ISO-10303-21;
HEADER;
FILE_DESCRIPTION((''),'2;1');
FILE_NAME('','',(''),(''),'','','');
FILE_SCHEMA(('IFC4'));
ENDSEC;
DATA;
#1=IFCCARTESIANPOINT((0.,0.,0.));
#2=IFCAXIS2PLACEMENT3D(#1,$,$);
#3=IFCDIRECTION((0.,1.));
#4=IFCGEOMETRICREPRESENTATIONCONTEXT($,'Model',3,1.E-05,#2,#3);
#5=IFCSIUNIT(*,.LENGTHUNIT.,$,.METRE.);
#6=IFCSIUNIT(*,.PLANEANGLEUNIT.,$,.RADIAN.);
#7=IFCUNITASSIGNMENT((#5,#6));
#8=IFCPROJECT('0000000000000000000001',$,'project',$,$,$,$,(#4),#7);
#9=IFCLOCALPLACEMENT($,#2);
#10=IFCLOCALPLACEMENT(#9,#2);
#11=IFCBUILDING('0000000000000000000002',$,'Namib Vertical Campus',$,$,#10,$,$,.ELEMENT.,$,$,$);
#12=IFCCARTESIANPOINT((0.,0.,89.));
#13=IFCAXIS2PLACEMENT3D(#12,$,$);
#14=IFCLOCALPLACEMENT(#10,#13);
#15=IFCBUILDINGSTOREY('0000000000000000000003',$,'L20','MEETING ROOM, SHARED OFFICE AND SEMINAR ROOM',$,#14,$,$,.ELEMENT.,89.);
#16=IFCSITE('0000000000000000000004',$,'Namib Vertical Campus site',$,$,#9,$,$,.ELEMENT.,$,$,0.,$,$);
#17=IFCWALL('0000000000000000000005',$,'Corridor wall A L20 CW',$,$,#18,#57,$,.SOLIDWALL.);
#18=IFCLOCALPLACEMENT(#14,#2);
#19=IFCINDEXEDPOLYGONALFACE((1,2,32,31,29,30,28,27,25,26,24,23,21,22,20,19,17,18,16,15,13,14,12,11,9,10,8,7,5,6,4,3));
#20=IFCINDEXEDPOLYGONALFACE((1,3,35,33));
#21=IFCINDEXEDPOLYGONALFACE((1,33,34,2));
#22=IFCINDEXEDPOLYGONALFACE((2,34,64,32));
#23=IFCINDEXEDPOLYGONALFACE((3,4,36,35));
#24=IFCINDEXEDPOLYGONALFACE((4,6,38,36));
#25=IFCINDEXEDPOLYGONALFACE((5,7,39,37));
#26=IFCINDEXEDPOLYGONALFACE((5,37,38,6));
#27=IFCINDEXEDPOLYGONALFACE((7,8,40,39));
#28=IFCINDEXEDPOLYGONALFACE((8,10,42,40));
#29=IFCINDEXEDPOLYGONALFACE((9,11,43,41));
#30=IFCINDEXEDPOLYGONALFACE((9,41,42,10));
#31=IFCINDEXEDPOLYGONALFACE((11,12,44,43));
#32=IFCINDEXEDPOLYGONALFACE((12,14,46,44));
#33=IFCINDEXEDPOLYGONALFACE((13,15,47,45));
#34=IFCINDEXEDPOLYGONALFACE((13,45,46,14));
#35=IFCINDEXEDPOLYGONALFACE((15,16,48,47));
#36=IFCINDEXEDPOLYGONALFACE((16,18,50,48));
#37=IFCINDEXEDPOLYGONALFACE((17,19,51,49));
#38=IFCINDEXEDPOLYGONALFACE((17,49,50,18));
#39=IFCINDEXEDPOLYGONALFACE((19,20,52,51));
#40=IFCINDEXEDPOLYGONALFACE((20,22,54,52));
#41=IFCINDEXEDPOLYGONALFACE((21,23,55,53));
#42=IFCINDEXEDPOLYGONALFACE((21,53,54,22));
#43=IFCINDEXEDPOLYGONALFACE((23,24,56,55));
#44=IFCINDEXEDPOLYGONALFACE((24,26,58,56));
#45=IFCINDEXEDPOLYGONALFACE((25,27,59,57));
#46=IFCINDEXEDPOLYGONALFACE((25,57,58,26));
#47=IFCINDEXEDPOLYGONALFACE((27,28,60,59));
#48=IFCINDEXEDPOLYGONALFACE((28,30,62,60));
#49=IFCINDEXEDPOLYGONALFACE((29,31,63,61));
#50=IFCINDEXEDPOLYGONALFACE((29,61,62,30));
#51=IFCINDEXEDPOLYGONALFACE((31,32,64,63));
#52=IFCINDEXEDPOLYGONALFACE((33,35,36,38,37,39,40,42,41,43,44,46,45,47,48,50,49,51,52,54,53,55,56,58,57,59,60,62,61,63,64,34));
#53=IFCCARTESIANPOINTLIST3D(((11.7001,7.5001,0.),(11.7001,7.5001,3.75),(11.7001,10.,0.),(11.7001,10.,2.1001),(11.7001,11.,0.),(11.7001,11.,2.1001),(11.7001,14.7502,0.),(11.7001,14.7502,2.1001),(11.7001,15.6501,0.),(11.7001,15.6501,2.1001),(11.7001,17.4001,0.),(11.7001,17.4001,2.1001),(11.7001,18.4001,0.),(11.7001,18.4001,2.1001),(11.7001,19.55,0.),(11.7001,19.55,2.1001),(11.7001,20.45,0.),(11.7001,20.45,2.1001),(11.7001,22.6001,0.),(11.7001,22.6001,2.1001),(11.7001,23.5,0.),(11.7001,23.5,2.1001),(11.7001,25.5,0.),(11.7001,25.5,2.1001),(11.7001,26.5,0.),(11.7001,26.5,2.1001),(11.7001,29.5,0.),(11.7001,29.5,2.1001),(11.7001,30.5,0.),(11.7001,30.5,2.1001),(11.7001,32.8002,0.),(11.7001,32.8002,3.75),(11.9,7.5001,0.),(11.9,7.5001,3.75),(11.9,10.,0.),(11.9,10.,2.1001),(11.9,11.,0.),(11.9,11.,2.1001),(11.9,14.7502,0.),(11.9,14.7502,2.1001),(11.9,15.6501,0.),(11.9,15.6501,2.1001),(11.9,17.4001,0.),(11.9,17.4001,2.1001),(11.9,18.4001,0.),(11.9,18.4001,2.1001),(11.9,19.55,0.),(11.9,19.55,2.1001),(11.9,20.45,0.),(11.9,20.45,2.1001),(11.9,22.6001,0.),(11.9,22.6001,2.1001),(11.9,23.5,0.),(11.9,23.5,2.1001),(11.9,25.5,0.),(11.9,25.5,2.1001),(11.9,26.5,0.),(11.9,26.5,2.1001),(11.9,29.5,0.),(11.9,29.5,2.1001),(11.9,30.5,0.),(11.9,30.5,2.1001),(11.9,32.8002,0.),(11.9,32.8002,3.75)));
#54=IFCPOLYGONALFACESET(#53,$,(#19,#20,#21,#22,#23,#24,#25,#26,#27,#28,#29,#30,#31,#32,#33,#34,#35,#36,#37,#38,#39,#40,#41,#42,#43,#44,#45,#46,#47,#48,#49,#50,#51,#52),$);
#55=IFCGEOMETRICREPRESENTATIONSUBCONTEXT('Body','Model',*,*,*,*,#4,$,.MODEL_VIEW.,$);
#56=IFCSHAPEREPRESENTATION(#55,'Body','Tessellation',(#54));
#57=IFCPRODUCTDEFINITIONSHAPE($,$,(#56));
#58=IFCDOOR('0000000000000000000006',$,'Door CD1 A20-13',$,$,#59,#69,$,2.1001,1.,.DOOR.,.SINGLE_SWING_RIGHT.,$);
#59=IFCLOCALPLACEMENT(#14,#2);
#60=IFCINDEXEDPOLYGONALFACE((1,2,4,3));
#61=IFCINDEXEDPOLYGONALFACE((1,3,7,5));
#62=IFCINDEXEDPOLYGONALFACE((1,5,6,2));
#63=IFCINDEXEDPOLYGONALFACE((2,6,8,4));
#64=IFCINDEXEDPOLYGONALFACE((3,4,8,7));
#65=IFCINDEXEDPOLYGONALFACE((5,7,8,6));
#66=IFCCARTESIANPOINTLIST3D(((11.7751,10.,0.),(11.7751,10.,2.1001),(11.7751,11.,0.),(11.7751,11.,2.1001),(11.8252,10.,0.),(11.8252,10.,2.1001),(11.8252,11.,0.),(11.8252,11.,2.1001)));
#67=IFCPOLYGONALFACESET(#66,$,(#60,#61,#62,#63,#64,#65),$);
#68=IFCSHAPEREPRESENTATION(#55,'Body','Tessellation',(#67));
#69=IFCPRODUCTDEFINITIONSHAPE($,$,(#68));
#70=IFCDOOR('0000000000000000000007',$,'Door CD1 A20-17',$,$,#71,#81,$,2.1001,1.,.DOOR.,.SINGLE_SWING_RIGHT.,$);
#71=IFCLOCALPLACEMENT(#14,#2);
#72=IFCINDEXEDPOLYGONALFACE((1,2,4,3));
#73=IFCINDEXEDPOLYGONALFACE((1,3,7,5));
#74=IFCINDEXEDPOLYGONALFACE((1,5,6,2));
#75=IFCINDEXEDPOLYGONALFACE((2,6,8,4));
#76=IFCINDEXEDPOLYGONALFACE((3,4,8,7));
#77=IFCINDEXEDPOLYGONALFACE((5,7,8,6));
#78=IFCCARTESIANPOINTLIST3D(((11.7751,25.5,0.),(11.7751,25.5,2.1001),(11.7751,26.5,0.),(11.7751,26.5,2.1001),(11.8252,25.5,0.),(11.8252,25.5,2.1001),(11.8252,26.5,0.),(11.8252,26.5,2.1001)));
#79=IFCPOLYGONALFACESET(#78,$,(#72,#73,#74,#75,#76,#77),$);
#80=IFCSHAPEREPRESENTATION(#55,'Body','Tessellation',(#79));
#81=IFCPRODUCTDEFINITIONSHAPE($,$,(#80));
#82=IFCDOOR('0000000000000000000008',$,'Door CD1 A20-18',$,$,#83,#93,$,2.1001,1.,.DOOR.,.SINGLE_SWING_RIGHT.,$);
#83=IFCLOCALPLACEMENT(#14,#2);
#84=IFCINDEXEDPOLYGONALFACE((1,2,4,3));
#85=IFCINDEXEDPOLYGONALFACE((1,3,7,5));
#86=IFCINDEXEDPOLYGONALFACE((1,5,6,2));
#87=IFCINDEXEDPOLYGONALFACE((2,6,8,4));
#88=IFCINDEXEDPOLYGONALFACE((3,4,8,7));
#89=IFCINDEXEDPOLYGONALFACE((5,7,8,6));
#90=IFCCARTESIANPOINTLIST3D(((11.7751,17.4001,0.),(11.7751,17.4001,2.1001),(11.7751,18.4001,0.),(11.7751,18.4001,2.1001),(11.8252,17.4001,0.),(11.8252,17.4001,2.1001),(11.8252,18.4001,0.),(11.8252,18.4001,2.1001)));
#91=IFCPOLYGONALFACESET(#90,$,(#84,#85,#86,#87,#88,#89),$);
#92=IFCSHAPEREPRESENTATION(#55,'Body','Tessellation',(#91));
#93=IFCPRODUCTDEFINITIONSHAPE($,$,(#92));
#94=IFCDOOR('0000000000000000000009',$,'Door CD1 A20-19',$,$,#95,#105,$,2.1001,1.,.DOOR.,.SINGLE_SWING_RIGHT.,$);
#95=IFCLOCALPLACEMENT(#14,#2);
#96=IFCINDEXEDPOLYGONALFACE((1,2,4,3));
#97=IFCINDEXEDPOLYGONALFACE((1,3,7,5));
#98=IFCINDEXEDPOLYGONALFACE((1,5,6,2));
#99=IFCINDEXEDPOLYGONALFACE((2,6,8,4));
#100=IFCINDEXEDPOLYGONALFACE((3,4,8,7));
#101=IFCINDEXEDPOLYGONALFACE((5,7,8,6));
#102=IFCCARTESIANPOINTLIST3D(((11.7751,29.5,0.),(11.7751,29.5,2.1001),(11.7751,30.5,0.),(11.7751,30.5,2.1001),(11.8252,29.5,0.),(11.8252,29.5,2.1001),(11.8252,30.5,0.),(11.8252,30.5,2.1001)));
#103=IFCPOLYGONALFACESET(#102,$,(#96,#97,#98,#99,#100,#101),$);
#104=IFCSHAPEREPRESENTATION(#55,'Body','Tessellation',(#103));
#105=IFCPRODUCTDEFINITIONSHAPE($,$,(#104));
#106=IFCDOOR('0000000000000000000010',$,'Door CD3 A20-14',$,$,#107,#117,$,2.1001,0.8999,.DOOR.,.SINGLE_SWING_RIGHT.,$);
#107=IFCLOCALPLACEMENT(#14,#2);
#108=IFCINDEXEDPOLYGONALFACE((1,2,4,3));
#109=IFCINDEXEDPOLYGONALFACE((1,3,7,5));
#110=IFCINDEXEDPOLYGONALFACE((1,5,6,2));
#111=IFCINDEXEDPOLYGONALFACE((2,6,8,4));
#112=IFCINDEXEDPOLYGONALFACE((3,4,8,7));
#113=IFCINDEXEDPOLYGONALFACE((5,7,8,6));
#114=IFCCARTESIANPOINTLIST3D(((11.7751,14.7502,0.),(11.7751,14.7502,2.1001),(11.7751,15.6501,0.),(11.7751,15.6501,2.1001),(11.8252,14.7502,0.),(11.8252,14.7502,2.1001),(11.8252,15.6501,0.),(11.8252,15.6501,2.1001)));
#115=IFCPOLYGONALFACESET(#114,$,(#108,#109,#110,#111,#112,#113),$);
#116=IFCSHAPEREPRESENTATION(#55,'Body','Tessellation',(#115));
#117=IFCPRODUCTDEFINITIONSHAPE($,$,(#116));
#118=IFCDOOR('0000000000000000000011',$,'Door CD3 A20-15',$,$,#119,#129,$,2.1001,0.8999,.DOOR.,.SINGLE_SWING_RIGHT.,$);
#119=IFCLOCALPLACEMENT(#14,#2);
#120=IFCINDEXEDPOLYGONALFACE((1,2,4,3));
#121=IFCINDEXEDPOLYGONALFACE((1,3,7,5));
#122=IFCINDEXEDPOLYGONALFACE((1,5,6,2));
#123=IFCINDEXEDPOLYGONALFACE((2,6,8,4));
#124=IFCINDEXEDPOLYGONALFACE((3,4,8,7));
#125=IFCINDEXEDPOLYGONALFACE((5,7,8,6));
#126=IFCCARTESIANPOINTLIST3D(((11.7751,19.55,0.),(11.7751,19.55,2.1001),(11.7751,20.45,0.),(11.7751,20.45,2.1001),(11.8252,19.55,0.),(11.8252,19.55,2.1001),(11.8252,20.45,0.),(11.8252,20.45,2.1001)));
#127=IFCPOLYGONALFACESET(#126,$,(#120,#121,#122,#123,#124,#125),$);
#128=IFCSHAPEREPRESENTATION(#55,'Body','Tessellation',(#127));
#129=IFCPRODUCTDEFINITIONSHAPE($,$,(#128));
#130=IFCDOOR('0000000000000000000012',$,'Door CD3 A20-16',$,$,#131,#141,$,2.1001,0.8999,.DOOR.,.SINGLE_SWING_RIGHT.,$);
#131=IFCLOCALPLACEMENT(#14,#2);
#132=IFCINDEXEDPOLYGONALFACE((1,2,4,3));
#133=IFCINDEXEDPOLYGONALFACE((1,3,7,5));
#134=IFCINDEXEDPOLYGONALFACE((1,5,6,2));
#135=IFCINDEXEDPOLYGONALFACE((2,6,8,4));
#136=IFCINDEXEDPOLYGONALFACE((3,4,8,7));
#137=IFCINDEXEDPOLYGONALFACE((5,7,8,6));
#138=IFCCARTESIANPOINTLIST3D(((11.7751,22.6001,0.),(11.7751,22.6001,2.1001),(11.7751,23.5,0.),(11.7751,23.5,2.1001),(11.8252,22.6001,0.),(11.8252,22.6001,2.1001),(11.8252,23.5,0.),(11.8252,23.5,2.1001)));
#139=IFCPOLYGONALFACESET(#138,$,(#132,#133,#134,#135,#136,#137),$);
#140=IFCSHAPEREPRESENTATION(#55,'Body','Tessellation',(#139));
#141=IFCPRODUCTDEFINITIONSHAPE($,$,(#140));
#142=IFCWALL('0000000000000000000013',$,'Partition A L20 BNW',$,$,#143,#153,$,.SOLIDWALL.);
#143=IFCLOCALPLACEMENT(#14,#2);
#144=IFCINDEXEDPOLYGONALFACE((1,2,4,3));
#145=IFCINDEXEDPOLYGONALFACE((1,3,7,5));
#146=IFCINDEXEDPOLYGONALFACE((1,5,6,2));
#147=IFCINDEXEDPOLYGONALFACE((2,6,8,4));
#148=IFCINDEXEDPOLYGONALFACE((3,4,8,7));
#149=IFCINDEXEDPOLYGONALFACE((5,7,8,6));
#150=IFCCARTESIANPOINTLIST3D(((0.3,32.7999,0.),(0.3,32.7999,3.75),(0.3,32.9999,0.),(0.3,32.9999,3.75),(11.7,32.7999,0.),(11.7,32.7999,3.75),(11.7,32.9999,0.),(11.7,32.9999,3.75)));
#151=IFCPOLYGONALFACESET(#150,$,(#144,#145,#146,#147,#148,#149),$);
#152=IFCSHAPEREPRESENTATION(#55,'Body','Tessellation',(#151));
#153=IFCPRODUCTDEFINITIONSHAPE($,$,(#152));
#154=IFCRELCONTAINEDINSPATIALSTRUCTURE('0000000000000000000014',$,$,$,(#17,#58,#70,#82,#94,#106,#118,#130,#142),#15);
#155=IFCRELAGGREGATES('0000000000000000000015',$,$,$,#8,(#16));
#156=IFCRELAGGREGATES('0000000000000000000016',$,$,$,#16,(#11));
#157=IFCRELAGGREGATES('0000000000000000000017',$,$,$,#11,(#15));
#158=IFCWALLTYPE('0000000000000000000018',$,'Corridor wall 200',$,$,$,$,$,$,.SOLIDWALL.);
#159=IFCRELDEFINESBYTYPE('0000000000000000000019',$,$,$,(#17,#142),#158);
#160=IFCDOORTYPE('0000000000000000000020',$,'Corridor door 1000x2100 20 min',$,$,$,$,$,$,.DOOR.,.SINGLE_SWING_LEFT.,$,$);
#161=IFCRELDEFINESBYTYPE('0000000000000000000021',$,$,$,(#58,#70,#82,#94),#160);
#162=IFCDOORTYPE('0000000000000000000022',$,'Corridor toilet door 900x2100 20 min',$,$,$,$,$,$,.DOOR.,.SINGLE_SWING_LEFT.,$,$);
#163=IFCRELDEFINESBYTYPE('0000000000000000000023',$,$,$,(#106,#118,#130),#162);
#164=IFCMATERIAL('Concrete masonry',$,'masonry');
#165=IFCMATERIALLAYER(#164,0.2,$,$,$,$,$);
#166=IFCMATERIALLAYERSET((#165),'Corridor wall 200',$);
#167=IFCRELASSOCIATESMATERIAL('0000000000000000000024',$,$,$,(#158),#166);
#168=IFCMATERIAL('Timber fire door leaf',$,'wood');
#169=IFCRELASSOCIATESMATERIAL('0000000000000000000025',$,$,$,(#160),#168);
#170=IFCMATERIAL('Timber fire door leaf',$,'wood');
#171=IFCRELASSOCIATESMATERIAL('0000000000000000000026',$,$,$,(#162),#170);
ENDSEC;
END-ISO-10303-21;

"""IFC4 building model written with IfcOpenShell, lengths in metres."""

from ifc_helpers import new_model, si_unit, direction, frame, frame_2d, origin, place, context, subcontext, project, spatial, rectangle, extrude, material, layer, layer_set, type_object, element, fill, save


model = new_model("IFC4")

# Units and contexts
model_context = context("Model", 3, precision=1e-05, world=origin(), true_north=direction((0.0, 1.0)))
body_context = subcontext(model_context, "Body", "Model", "MODEL_VIEW")
ifc_project = project(units=[si_unit("LENGTHUNIT", "METRE"), si_unit("PLANEANGLEUNIT", "RADIAN")], contexts=[model_context])

# Site, building, storey
site_placement = place(None, origin())
site = spatial("IfcSite", under=ifc_project, at=site_placement, Name="Namib Vertical Campus site", CompositionType="ELEMENT", RefElevation=0.0)
building_placement = place(site_placement, origin())
building = spatial("IfcBuilding", under=site, at=building_placement, Name="Namib Vertical Campus", CompositionType="ELEMENT")
storey_placement = place(building_placement, frame((0.0, 0.0, 89.0)))
storey = spatial("IfcBuildingStorey", under=building, at=storey_placement, Name="L20", Description="MEETING ROOM, SHARED OFFICE AND SEMINAR ROOM", CompositionType="ELEMENT", Elevation=89.0)

# Wall, openings, doors
ifc_material_1 = material(Name="Concrete masonry", Category="masonry")
ifc_layer_1 = layer(ifc_material_1, 0.2)
ifc_layer_set_1 = layer_set([ifc_layer_1], Name="Corridor wall 200")
wall_type_1 = type_object("IfcWallType", Name="Corridor wall 200", PredefinedType="SOLIDWALL", material=ifc_layer_set_1)
wall_1_placement = place(storey_placement, frame((11.8, 32.8, 0.0), z_axis=(0.0, 0.0, 1.0), x_axis=(0.0, -1.0, 0.0)))
wall_1 = element("IfcWall", 1, at=wall_1_placement, inside=storey, type_object=wall_type_1, Name="Corridor wall A L20 CW", PredefinedType="SOLIDWALL", context=body_context, shape_type="SweptSolid", body=[
    extrude(rectangle(XDim=25.3, YDim=0.2, at=frame_2d((12.6499, 0.0))), origin(), (0.0, 0.0, 1.0), 3.75),
])
opening_1_placement = place(wall_1_placement, frame((21.8, 0.0, 0.0)))
opening_1 = element("IfcOpeningElement", 2, at=opening_1_placement, cuts=wall_1, PredefinedType="OPENING", context=body_context, shape_type="SweptSolid", body=[
    extrude(rectangle(XDim=1.0, YDim=2.1001, at=frame_2d((0.5, 1.05))), frame((0.0, 0.1099, 0.0), z_axis=(0.0, -1.0, 0.0), x_axis=(1.0, 0.0, 0.0)), (0.0, 0.0, 1.0), 0.22),
])
opening_2_placement = place(wall_1_placement, frame((17.1499, 0.0, 0.0)))
opening_2 = element("IfcOpeningElement", 3, at=opening_2_placement, cuts=wall_1, PredefinedType="OPENING", context=body_context, shape_type="SweptSolid", body=[
    extrude(rectangle(XDim=0.8999, YDim=2.1001, at=frame_2d((0.45, 1.05))), frame((0.0, 0.1099, 0.0), z_axis=(0.0, -1.0, 0.0), x_axis=(1.0, 0.0, 0.0)), (0.0, 0.0, 1.0), 0.22),
])
opening_3_placement = place(wall_1_placement, frame((12.3501, 0.0, 0.0)))
opening_3 = element("IfcOpeningElement", 4, at=opening_3_placement, cuts=wall_1, PredefinedType="OPENING", context=body_context, shape_type="SweptSolid", body=[
    extrude(rectangle(XDim=0.8999, YDim=2.1001, at=frame_2d((0.45, 1.05))), frame((0.0, 0.1099, 0.0), z_axis=(0.0, -1.0, 0.0), x_axis=(1.0, 0.0, 0.0)), (0.0, 0.0, 1.0), 0.22),
])
opening_4_placement = place(wall_1_placement, frame((9.3, 0.0, 0.0)))
opening_4 = element("IfcOpeningElement", 5, at=opening_4_placement, cuts=wall_1, PredefinedType="OPENING", context=body_context, shape_type="SweptSolid", body=[
    extrude(rectangle(XDim=0.8999, YDim=2.1001, at=frame_2d((0.45, 1.05))), frame((0.0, 0.1099, 0.0), z_axis=(0.0, -1.0, 0.0), x_axis=(1.0, 0.0, 0.0)), (0.0, 0.0, 1.0), 0.22),
])
opening_5_placement = place(wall_1_placement, frame((6.3, 0.0, 0.0)))
opening_5 = element("IfcOpeningElement", 6, at=opening_5_placement, cuts=wall_1, PredefinedType="OPENING", context=body_context, shape_type="SweptSolid", body=[
    extrude(rectangle(XDim=1.0, YDim=2.1001, at=frame_2d((0.5, 1.05))), frame((0.0, 0.1099, 0.0), z_axis=(0.0, -1.0, 0.0), x_axis=(1.0, 0.0, 0.0)), (0.0, 0.0, 1.0), 0.22),
])
opening_6_placement = place(wall_1_placement, frame((14.3999, 0.0, 0.0)))
opening_6 = element("IfcOpeningElement", 7, at=opening_6_placement, cuts=wall_1, PredefinedType="OPENING", context=body_context, shape_type="SweptSolid", body=[
    extrude(rectangle(XDim=1.0, YDim=2.1001, at=frame_2d((0.5, 1.05))), frame((0.0, 0.1099, 0.0), z_axis=(0.0, -1.0, 0.0), x_axis=(1.0, 0.0, 0.0)), (0.0, 0.0, 1.0), 0.22),
])
opening_7_placement = place(wall_1_placement, frame((2.3, 0.0, 0.0)))
opening_7 = element("IfcOpeningElement", 8, at=opening_7_placement, cuts=wall_1, PredefinedType="OPENING", context=body_context, shape_type="SweptSolid", body=[
    extrude(rectangle(XDim=1.0, YDim=2.1001, at=frame_2d((0.5, 1.05))), frame((0.0, 0.1099, 0.0), z_axis=(0.0, -1.0, 0.0), x_axis=(1.0, 0.0, 0.0)), (0.0, 0.0, 1.0), 0.22),
])
ifc_material_2 = material(Name="Timber fire door leaf", Category="wood")
door_type_1 = type_object("IfcDoorType", Name="Corridor door 1000x2100 20 min", OperationType="SINGLE_SWING_LEFT", PredefinedType="DOOR", material=ifc_material_2)
door_1_placement = place(opening_1_placement, frame((1.0, 0.0, 0.0), z_axis=(0.0, 0.0, 1.0), x_axis=(-1.0, 0.0, 0.0)))
door_1 = element("IfcDoor", 9, at=door_1_placement, inside=storey, type_object=door_type_1, Name="Door CD1 A20-13", OperationType="SINGLE_SWING_RIGHT", OverallHeight=2.1001, OverallWidth=1.0, PredefinedType="DOOR", context=body_context, shape_type="SweptSolid", body=[
    extrude(rectangle(XDim=1.0, YDim=2.1001, at=frame_2d((0.5, 1.05))), frame((0.0, 0.0249, 0.0), z_axis=(0.0, -1.0, 0.0), x_axis=(1.0, 0.0, 0.0)), (0.0, 0.0, 1.0), 0.05),
])
fill(opening_1, door_1)
door_2_placement = place(opening_5_placement, frame((1.0, 0.0, 0.0), z_axis=(0.0, 0.0, 1.0), x_axis=(-1.0, 0.0, 0.0)))
door_2 = element("IfcDoor", 10, at=door_2_placement, inside=storey, type_object=door_type_1, Name="Door CD1 A20-17", OperationType="SINGLE_SWING_RIGHT", OverallHeight=2.1001, OverallWidth=1.0, PredefinedType="DOOR", context=body_context, shape_type="SweptSolid", body=[
    extrude(rectangle(XDim=1.0, YDim=2.1001, at=frame_2d((0.5, 1.05))), frame((0.0, 0.0249, 0.0), z_axis=(0.0, -1.0, 0.0), x_axis=(1.0, 0.0, 0.0)), (0.0, 0.0, 1.0), 0.05),
])
fill(opening_5, door_2)
door_3_placement = place(opening_6_placement, frame((1.0, 0.0, 0.0), z_axis=(0.0, 0.0, 1.0), x_axis=(-1.0, 0.0, 0.0)))
door_3 = element("IfcDoor", 11, at=door_3_placement, inside=storey, type_object=door_type_1, Name="Door CD1 A20-18", OperationType="SINGLE_SWING_RIGHT", OverallHeight=2.1001, OverallWidth=1.0, PredefinedType="DOOR", context=body_context, shape_type="SweptSolid", body=[
    extrude(rectangle(XDim=1.0, YDim=2.1001, at=frame_2d((0.5, 1.05))), frame((0.0, 0.0249, 0.0), z_axis=(0.0, -1.0, 0.0), x_axis=(1.0, 0.0, 0.0)), (0.0, 0.0, 1.0), 0.05),
])
fill(opening_6, door_3)
door_4_placement = place(opening_7_placement, frame((1.0, 0.0, 0.0), z_axis=(0.0, 0.0, 1.0), x_axis=(-1.0, 0.0, 0.0)))
door_4 = element("IfcDoor", 12, at=door_4_placement, inside=storey, type_object=door_type_1, Name="Door CD1 A20-19", OperationType="SINGLE_SWING_RIGHT", OverallHeight=2.1001, OverallWidth=1.0, PredefinedType="DOOR", context=body_context, shape_type="SweptSolid", body=[
    extrude(rectangle(XDim=1.0, YDim=2.1001, at=frame_2d((0.5, 1.05))), frame((0.0, 0.0249, 0.0), z_axis=(0.0, -1.0, 0.0), x_axis=(1.0, 0.0, 0.0)), (0.0, 0.0, 1.0), 0.05),
])
fill(opening_7, door_4)
ifc_material_3 = material(Name="Timber fire door leaf", Category="wood")
door_type_2 = type_object("IfcDoorType", Name="Corridor toilet door 900x2100 20 min", OperationType="SINGLE_SWING_LEFT", PredefinedType="DOOR", material=ifc_material_3)
door_5_placement = place(opening_2_placement, frame((0.8999, 0.0, 0.0), z_axis=(0.0, 0.0, 1.0), x_axis=(-1.0, 0.0, 0.0)))
door_5 = element("IfcDoor", 13, at=door_5_placement, inside=storey, type_object=door_type_2, Name="Door CD3 A20-14", OperationType="SINGLE_SWING_RIGHT", OverallHeight=2.1001, OverallWidth=0.8999, PredefinedType="DOOR", context=body_context, shape_type="SweptSolid", body=[
    extrude(rectangle(XDim=0.8999, YDim=2.1001, at=frame_2d((0.45, 1.05))), frame((0.0, 0.0249, 0.0), z_axis=(0.0, -1.0, 0.0), x_axis=(1.0, 0.0, 0.0)), (0.0, 0.0, 1.0), 0.05),
])
fill(opening_2, door_5)
door_6_placement = place(opening_3_placement, frame((0.8999, 0.0, 0.0), z_axis=(0.0, 0.0, 1.0), x_axis=(-1.0, 0.0, 0.0)))
door_6 = element("IfcDoor", 14, at=door_6_placement, inside=storey, type_object=door_type_2, Name="Door CD3 A20-15", OperationType="SINGLE_SWING_RIGHT", OverallHeight=2.1001, OverallWidth=0.8999, PredefinedType="DOOR", context=body_context, shape_type="SweptSolid", body=[
    extrude(rectangle(XDim=0.8999, YDim=2.1001, at=frame_2d((0.45, 1.05))), frame((0.0, 0.0249, 0.0), z_axis=(0.0, -1.0, 0.0), x_axis=(1.0, 0.0, 0.0)), (0.0, 0.0, 1.0), 0.05),
])
fill(opening_3, door_6)
door_7_placement = place(opening_4_placement, frame((0.8999, 0.0, 0.0), z_axis=(0.0, 0.0, 1.0), x_axis=(-1.0, 0.0, 0.0)))
door_7 = element("IfcDoor", 15, at=door_7_placement, inside=storey, type_object=door_type_2, Name="Door CD3 A20-16", OperationType="SINGLE_SWING_RIGHT", OverallHeight=2.1001, OverallWidth=0.8999, PredefinedType="DOOR", context=body_context, shape_type="SweptSolid", body=[
    extrude(rectangle(XDim=0.8999, YDim=2.1001, at=frame_2d((0.45, 1.05))), frame((0.0, 0.0249, 0.0), z_axis=(0.0, -1.0, 0.0), x_axis=(1.0, 0.0, 0.0)), (0.0, 0.0, 1.0), 0.05),
])
fill(opening_4, door_7)

# Wall
wall_2_placement = place(storey_placement, frame((0.3, 32.8999, 0.0), z_axis=(0.0, 0.0, 1.0), x_axis=(1.0, 0.0, 0.0)))
element("IfcWall", 16, at=wall_2_placement, inside=storey, type_object=wall_type_1, Name="Partition A L20 BNW", PredefinedType="SOLIDWALL", context=body_context, shape_type="SweptSolid", body=[
    extrude(rectangle(XDim=11.3999, YDim=0.2, at=frame_2d((5.7, 0.0))), origin(), (0.0, 0.0, 1.0), 3.75),
])

save(model, "model.ifc")
